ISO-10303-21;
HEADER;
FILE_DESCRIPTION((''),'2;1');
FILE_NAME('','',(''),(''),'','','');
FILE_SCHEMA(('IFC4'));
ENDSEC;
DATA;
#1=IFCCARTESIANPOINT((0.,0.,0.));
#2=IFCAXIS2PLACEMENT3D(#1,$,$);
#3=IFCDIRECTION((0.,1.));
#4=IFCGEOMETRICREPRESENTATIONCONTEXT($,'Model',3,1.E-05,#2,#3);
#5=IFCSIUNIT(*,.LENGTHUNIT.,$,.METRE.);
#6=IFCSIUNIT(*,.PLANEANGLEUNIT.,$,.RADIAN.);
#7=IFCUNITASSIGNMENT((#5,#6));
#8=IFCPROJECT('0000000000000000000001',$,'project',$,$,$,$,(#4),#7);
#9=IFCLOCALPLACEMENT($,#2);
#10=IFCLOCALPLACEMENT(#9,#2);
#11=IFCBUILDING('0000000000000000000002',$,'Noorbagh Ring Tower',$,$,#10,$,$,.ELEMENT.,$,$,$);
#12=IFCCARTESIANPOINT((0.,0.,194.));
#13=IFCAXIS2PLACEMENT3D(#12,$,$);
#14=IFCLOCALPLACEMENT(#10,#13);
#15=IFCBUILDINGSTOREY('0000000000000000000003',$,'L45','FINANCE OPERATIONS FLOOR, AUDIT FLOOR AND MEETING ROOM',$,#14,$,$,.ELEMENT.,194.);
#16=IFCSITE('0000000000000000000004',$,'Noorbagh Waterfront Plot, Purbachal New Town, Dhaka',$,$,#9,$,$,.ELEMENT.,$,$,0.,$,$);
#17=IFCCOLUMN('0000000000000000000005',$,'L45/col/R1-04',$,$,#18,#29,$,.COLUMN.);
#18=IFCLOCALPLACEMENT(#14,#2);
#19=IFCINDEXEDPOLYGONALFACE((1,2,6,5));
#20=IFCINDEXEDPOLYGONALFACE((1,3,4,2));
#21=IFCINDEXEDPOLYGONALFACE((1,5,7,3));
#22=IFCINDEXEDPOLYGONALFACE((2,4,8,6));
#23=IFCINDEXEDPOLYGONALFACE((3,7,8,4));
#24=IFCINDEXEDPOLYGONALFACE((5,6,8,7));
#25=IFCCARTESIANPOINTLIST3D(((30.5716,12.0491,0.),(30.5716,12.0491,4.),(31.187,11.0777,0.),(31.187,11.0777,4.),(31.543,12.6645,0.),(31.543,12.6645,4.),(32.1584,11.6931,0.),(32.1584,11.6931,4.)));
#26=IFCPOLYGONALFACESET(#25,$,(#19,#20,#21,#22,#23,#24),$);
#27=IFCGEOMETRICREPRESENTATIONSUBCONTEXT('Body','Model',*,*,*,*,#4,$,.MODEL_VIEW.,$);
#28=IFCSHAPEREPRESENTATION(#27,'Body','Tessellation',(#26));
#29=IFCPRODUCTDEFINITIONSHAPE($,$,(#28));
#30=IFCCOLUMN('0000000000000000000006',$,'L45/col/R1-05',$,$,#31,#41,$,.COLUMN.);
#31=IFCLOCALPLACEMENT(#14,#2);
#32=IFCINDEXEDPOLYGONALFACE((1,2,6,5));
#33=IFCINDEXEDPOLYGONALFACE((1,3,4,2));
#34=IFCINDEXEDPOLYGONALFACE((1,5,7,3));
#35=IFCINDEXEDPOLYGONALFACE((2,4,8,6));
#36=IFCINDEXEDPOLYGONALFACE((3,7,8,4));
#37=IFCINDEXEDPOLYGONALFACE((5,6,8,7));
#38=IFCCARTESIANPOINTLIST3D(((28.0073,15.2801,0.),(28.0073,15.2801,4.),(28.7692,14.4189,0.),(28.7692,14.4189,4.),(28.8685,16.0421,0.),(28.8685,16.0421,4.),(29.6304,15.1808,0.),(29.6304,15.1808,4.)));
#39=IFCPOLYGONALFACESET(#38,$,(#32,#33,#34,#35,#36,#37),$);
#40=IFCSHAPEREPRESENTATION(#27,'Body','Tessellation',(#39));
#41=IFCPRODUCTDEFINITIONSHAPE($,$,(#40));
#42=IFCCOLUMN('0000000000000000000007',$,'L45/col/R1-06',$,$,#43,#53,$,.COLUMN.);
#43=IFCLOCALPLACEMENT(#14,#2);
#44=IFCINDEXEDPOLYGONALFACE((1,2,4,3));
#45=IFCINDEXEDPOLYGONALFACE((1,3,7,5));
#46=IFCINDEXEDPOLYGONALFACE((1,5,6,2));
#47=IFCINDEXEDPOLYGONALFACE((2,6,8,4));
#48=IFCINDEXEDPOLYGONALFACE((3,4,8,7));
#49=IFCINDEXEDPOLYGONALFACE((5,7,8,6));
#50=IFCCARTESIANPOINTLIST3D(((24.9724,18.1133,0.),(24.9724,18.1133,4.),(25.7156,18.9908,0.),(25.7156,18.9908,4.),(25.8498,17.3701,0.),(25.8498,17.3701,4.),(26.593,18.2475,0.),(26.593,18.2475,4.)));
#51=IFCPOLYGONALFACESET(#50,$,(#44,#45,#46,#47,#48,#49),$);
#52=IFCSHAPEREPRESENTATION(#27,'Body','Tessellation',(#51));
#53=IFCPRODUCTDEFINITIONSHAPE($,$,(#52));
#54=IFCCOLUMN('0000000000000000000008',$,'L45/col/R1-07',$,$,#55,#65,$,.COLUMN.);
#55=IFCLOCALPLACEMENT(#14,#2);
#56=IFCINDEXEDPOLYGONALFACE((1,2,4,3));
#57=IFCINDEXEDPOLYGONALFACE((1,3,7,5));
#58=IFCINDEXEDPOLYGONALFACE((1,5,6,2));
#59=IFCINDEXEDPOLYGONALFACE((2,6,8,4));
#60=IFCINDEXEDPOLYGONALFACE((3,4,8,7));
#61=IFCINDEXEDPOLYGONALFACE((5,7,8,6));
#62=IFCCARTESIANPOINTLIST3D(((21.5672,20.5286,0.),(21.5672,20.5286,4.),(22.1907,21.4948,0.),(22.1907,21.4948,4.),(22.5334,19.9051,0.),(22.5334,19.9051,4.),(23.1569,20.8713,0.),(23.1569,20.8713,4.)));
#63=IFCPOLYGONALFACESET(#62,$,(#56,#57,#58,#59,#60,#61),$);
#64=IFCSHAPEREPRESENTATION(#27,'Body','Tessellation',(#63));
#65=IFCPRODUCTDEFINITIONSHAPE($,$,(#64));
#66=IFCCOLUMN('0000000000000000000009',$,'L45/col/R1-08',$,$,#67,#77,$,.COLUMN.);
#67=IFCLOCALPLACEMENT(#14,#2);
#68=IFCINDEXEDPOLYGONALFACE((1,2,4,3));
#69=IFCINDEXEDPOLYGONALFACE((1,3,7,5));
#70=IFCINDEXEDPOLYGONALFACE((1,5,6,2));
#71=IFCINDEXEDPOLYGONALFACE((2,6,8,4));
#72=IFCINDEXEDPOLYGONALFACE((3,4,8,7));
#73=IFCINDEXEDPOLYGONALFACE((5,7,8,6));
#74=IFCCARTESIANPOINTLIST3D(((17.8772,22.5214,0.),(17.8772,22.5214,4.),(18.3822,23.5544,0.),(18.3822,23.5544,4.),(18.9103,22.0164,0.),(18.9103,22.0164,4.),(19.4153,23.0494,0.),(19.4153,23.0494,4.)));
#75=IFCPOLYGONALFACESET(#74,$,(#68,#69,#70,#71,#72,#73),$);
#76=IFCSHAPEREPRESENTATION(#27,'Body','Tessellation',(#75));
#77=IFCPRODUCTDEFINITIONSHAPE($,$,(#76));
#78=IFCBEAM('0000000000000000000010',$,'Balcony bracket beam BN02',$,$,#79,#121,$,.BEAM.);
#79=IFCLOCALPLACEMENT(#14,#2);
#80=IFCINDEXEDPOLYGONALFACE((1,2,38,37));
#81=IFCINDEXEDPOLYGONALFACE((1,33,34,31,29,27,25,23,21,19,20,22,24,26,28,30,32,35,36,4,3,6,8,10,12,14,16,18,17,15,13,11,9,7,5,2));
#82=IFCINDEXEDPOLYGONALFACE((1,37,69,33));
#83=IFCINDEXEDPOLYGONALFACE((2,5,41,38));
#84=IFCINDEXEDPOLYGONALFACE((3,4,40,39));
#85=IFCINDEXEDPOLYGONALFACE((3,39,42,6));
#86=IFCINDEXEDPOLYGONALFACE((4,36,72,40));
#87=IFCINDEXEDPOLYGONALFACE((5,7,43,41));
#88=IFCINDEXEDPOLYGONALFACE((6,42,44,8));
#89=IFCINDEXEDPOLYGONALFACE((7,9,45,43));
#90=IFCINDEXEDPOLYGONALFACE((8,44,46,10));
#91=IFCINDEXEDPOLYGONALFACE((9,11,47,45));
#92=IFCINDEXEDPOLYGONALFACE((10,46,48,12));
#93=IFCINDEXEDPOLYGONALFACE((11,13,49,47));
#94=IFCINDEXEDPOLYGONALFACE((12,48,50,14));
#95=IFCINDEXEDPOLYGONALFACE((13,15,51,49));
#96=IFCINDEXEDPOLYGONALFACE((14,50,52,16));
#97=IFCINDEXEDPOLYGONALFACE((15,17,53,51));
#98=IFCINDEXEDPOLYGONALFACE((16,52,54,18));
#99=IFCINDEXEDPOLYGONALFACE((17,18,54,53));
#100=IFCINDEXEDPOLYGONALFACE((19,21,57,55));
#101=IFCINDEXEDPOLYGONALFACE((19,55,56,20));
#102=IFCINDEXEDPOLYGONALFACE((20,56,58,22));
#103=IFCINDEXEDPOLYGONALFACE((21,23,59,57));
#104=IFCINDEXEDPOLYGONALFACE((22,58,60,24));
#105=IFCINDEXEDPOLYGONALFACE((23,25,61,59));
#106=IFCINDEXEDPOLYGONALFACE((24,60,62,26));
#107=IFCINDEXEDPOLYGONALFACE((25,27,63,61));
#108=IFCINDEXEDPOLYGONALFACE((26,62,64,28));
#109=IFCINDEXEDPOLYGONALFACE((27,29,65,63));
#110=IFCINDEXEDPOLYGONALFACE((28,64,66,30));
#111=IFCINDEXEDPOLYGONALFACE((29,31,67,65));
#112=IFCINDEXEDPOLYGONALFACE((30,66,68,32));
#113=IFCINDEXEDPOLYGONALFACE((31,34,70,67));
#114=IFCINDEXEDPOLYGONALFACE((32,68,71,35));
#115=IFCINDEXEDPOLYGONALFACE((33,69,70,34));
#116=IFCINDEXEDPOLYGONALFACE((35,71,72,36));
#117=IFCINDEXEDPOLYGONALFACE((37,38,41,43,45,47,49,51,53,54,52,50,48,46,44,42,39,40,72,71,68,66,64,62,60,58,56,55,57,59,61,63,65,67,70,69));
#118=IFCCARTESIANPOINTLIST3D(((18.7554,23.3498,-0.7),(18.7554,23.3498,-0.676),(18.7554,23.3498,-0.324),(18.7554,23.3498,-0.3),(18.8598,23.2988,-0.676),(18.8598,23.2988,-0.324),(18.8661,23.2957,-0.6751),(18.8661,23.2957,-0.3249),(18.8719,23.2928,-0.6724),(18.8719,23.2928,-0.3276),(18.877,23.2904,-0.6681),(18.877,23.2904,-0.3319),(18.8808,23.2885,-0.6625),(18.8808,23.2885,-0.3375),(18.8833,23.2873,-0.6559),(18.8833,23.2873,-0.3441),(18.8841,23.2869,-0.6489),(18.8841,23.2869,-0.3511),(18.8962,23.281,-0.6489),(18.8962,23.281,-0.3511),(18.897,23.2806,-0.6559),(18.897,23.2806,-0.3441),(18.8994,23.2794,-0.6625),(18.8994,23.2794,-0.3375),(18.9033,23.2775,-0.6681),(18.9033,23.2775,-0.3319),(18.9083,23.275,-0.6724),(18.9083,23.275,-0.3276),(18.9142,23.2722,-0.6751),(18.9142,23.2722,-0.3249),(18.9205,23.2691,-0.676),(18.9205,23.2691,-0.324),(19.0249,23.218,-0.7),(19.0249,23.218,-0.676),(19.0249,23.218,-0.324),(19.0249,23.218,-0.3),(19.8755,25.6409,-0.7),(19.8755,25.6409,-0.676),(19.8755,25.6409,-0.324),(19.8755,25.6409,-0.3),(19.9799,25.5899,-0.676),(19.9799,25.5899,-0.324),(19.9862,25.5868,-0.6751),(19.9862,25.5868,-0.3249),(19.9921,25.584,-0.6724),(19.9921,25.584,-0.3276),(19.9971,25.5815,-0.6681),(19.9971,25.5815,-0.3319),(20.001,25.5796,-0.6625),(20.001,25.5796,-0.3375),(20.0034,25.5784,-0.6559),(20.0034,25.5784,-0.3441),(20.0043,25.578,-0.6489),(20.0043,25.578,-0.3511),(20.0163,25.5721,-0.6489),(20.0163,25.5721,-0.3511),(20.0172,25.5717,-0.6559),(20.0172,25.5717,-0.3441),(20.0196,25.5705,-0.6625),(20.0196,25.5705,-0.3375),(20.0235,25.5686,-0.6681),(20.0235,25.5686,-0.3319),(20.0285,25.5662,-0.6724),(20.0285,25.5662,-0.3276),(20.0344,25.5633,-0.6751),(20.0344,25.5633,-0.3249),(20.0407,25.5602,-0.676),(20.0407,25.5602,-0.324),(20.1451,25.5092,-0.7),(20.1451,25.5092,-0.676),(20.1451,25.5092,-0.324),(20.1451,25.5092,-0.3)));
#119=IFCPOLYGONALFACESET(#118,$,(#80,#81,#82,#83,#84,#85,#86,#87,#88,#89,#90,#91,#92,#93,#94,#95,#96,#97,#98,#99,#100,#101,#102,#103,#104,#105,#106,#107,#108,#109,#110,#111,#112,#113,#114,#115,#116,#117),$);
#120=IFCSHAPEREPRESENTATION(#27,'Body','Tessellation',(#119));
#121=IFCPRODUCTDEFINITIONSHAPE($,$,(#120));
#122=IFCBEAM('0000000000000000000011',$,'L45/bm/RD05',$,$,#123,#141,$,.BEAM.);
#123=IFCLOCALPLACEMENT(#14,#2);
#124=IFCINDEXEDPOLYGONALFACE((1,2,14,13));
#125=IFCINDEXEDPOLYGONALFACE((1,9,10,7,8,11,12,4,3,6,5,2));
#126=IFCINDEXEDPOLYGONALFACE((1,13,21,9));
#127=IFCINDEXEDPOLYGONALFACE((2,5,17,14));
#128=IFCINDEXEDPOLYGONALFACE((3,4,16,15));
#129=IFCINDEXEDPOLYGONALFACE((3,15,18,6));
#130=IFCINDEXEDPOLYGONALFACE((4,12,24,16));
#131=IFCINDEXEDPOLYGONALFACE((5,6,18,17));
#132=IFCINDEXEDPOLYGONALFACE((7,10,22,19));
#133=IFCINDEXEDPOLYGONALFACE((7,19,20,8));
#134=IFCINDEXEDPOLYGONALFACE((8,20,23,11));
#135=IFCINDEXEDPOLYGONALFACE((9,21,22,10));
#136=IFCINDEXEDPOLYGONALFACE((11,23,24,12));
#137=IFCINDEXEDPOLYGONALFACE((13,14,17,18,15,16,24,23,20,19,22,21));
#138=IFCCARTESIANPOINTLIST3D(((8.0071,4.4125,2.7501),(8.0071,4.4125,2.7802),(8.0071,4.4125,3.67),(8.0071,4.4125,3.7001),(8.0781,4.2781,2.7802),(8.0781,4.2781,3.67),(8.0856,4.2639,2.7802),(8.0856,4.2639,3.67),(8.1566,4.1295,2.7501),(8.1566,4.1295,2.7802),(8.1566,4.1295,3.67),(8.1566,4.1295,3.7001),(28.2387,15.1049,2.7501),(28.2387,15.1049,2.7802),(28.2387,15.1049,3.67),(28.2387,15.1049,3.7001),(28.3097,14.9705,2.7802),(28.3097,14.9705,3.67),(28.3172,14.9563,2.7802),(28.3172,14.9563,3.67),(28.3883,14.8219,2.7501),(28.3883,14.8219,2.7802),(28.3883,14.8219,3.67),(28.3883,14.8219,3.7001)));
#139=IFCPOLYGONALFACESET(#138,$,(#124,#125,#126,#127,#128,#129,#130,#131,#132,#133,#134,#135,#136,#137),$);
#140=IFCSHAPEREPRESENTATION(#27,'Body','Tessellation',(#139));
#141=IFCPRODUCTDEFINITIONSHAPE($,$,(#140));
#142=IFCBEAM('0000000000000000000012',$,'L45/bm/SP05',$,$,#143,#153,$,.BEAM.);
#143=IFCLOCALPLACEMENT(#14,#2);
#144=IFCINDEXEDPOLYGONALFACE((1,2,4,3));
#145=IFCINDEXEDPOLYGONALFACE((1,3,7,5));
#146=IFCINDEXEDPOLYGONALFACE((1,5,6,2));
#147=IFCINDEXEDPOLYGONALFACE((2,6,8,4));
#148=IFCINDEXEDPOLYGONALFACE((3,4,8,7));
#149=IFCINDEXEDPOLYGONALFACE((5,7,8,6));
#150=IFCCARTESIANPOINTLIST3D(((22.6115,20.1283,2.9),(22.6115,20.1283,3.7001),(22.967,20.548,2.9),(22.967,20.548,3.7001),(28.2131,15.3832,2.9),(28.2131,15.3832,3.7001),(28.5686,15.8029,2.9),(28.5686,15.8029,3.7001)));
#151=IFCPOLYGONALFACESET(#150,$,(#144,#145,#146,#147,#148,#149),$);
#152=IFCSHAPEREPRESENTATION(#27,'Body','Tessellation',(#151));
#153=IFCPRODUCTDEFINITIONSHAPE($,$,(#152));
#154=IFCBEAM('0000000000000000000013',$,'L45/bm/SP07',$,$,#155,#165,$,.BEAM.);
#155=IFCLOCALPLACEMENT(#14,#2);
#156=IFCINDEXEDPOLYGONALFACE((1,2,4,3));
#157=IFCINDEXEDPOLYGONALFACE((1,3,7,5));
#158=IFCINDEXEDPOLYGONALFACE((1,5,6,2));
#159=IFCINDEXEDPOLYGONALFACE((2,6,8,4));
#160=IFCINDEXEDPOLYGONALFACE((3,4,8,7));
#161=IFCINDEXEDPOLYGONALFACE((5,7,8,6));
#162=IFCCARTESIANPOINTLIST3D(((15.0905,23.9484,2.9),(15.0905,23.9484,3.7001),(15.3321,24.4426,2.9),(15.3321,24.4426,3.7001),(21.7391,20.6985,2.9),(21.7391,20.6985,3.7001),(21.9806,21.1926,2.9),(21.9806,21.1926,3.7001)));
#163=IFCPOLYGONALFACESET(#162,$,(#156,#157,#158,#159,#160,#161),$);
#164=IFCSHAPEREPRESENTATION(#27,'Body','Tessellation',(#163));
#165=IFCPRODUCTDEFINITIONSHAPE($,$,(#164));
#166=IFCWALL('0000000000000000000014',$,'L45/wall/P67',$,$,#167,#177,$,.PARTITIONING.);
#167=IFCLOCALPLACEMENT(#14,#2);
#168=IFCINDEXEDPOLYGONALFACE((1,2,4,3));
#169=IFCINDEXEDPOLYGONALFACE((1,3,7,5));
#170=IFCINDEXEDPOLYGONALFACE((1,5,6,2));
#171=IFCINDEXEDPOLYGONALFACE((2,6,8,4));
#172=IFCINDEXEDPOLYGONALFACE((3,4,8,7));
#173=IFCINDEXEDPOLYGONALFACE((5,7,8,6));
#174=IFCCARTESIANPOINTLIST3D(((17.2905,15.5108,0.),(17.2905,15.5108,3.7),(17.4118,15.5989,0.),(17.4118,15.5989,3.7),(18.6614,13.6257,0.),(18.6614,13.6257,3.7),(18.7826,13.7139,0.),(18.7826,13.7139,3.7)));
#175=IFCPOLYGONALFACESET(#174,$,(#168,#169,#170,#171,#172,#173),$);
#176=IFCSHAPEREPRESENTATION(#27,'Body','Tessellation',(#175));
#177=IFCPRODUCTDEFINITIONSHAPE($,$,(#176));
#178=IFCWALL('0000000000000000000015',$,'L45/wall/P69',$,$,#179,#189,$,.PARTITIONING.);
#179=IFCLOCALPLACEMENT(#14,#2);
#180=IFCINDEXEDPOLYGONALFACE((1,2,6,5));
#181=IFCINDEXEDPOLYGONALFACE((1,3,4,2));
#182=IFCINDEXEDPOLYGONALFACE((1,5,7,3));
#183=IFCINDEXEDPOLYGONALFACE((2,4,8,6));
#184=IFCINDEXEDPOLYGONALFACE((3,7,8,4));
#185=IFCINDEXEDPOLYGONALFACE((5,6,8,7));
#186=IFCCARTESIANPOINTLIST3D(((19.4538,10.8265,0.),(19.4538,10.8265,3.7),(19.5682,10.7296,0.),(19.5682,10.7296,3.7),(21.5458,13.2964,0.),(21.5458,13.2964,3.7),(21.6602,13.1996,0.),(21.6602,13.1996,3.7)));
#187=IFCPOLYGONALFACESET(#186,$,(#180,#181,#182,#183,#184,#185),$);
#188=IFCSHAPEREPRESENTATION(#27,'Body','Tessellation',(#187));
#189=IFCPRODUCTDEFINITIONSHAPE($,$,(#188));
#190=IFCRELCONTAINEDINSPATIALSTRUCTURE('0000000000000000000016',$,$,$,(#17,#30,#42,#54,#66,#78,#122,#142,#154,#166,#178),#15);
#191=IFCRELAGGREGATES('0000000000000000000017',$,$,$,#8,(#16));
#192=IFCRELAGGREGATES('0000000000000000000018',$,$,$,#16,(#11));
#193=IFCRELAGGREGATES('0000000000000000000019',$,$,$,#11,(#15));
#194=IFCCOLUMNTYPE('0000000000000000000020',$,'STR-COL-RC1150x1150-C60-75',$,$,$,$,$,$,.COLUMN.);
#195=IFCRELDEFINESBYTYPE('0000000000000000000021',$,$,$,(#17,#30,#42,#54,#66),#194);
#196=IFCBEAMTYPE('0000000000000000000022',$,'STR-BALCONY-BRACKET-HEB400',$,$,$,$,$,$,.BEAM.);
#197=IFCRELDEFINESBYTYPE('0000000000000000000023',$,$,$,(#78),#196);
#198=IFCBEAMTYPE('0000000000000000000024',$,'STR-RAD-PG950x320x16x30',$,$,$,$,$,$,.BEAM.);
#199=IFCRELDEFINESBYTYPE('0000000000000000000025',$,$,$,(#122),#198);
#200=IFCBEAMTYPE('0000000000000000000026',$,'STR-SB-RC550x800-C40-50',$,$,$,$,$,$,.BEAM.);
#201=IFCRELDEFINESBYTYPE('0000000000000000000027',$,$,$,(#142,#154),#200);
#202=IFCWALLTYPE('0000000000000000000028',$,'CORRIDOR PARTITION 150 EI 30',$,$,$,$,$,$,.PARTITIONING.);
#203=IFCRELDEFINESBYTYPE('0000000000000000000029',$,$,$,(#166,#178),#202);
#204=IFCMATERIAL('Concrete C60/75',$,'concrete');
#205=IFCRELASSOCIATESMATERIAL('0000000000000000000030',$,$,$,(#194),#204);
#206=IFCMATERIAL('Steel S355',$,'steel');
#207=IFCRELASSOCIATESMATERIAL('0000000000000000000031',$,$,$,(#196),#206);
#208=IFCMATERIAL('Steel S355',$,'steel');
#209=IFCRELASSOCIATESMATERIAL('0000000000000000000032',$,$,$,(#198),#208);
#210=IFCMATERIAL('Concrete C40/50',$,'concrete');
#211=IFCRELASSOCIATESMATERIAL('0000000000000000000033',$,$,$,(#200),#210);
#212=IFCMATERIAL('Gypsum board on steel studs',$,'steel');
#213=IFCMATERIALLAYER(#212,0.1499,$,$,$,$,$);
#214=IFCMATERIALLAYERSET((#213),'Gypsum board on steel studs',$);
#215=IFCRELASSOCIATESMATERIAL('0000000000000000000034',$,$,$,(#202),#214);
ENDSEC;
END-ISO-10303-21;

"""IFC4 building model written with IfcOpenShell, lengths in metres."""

from ifc_helpers import new_model, si_unit, direction, frame, frame_2d, origin, origin_2d, place, context, subcontext, project, spatial, rectangle, i_section, extrude, material, layer, layer_set, material_profile, profile_set, type_object, element, save


model = new_model("IFC4")

# Units and contexts
model_context = context("Model", 3, precision=1e-05, world=origin(), true_north=direction((0.0, 1.0)))
body_context = subcontext(model_context, "Body", "Model", "MODEL_VIEW")
ifc_project = project(units=[si_unit("LENGTHUNIT", "METRE"), si_unit("PLANEANGLEUNIT", "RADIAN")], contexts=[model_context])

# Site, building, storey
site_placement = place(None, origin())
site = spatial("IfcSite", under=ifc_project, at=site_placement, Name="Noorbagh Waterfront Plot, Purbachal New Town, Dhaka", CompositionType="ELEMENT", RefElevation=0.0)
building_placement = place(site_placement, origin())
building = spatial("IfcBuilding", under=site, at=building_placement, Name="Noorbagh Ring Tower", CompositionType="ELEMENT")
storey_placement = place(building_placement, frame((0.0, 0.0, 194.0)))
storey = spatial("IfcBuildingStorey", under=building, at=storey_placement, Name="L45", Description="FINANCE OPERATIONS FLOOR, AUDIT FLOOR AND MEETING ROOM", CompositionType="ELEMENT", Elevation=194.0)

# Columns
ifc_material_1 = material(Name="Concrete C60/75", Category="concrete")
ifc_material_profile_1 = material_profile(ifc_material_1, rectangle(XDim=1.1499, YDim=1.1499, at=origin_2d()), Name="RC1150x1150")
ifc_profile_set_1 = profile_set([ifc_material_profile_1], Name="Concrete C60/75")
column_type = type_object("IfcColumnType", Name="STR-COL-RC1150x1150-C60-75", PredefinedType="COLUMN", material=ifc_profile_set_1)
for number, where, z_axis, x_axis, name in (
    (1, (31.365, 11.8711, 0.0), (0.0, 0.0, 1.0), (-0.53519, 0.844731, 0.0), "L45/col/R1-04"),
    (2, (28.8188, 15.2305, 0.0), (0.0, 0.0, 1.0), (-0.662636, 0.748942, 0.0), "L45/col/R1-05"),
    (3, (25.7827, 18.1804, 0.0), (0.0, 0.0, 1.0), (-0.763035, 0.646357, 0.0), "L45/col/R1-06"),
    (4, (22.3621, 20.7, 0.0), (0.0, 0.0, 1.0), (-0.840248, 0.542203, 0.0), "L45/col/R1-07"),
    (5, (18.6462, 22.7854, 0.0), (0.0, 0.0, 1.0), (-0.898399, 0.43918, 0.0), "L45/col/R1-08"),
):
    element("IfcColumn", number, at=place(storey_placement, frame(where, z_axis=z_axis, x_axis=x_axis)), inside=storey, type_object=column_type, Name=name, PredefinedType="COLUMN", context=body_context, shape_type="SweptSolid", body=[
        extrude(rectangle(XDim=1.1499, YDim=1.1499, at=origin_2d()), origin(), (0.0, 0.0, 1.0), 4.0),
    ])

# Beams
ifc_material_2 = material(Name="Steel S355", Category="steel")
ifc_material_profile_2 = material_profile(ifc_material_2, i_section(OverallWidth=0.3, OverallDepth=0.3999, WebThickness=0.0134, FlangeThickness=0.0239, FilletRadius=0.0271, at=origin_2d()), Name="HEB400")
ifc_profile_set_2 = profile_set([ifc_material_profile_2], Name="Steel S355")
beam_type_1 = type_object("IfcBeamType", Name="STR-BALCONY-BRACKET-HEB400", PredefinedType="BEAM", material=ifc_profile_set_2)
beam_1_placement = place(storey_placement, frame((18.8901, 23.2839, -0.5), z_axis=(0.439231, 0.898374, 0.0), x_axis=(-0.898374, 0.439231, 0.0)))
element("IfcBeam", 6, at=beam_1_placement, inside=storey, type_object=beam_type_1, Name="Balcony bracket beam BN02", PredefinedType="BEAM", context=body_context, shape_type="SweptSolid", body=[
    extrude(i_section(OverallWidth=0.3, OverallDepth=0.3999, WebThickness=0.0134, FlangeThickness=0.0239, FilletRadius=0.0271, at=origin_2d()), origin(), (0.0, 0.0, 1.0), 2.5503),
])
ifc_material_3 = material(Name="Steel S355", Category="steel")
ifc_material_profile_3 = material_profile(ifc_material_3, i_section(OverallWidth=0.3201, OverallDepth=0.95, WebThickness=0.0161, FlangeThickness=0.03, at=origin_2d()), Name="PG950x320x16x30")
ifc_profile_set_3 = profile_set([ifc_material_profile_3], Name="Steel S355")
beam_type_2 = type_object("IfcBeamType", Name="STR-RAD-PG950x320x16x30", PredefinedType="BEAM", material=ifc_profile_set_3)
beam_2_placement = place(storey_placement, frame((28.3135, 14.9634, 3.2251), z_axis=(-0.884122, -0.467256, 0.0), x_axis=(0.467256, -0.884122, 0.0)))
element("IfcBeam", 7, at=beam_2_placement, inside=storey, type_object=beam_type_2, Name="L45/bm/RD05", PredefinedType="BEAM", context=body_context, shape_type="SweptSolid", body=[
    extrude(i_section(OverallWidth=0.3201, OverallDepth=0.95, WebThickness=0.0161, FlangeThickness=0.03, at=origin_2d()), origin(), (0.0, 0.0, 1.0), 22.8833),
])
ifc_material_4 = material(Name="Concrete C40/50", Category="concrete")
ifc_material_profile_4 = material_profile(ifc_material_4, rectangle(XDim=0.55, YDim=0.8, at=origin_2d()), Name="RC550x800")
ifc_profile_set_4 = profile_set([ifc_material_profile_4], Name="Concrete C40/50")
beam_type_3 = type_object("IfcBeamType", Name="STR-SB-RC550x800-C40-50", PredefinedType="BEAM", material=ifc_profile_set_4)
beam_3_placement = place(storey_placement, frame((28.3909, 15.593, 3.3), z_axis=(-0.763028, 0.646366, 0.0), x_axis=(-0.646366, -0.763028, 0.0)))
element("IfcBeam", 8, at=beam_3_placement, inside=storey, type_object=beam_type_3, Name="L45/bm/SP05", PredefinedType="BEAM", context=body_context, shape_type="SweptSolid", body=[
    extrude(rectangle(XDim=0.55, YDim=0.8, at=origin_2d()), origin(), (0.0, 0.0, 1.0), 7.3413),
])
beam_4_placement = place(storey_placement, frame((21.8599, 20.9456, 3.3), z_axis=(-0.898409, 0.439159, 0.0), x_axis=(-0.439159, -0.898409, 0.0)))
element("IfcBeam", 9, at=beam_4_placement, inside=storey, type_object=beam_type_3, Name="L45/bm/SP07", PredefinedType="BEAM", context=body_context, shape_type="SweptSolid", body=[
    extrude(rectangle(XDim=0.55, YDim=0.8, at=origin_2d()), origin(), (0.0, 0.0, 1.0), 7.4004),
])

# Walls
ifc_material_5 = material(Name="Gypsum board on steel studs", Category="steel")
ifc_layer_1 = layer(ifc_material_5, 0.1499)
ifc_layer_set_1 = layer_set([ifc_layer_1], Name="Gypsum board on steel studs")
wall_type_1 = type_object("IfcWallType", Name="CORRIDOR PARTITION 150 EI 30", PredefinedType="PARTITIONING", material=ifc_layer_set_1)
wall_1_placement = place(storey_placement, frame((17.3511, 15.5549, 0.0), z_axis=(0.0, 0.0, 1.0), x_axis=(0.588153, -0.80875, 0.0)))
element("IfcWall", 10, at=wall_1_placement, inside=storey, type_object=wall_type_1, Name="L45/wall/P67", PredefinedType="PARTITIONING", context=body_context, shape_type="SweptSolid", body=[
    extrude(rectangle(XDim=2.3308, YDim=0.1499, at=frame_2d((1.1655, 0.0))), origin(), (0.0, 0.0, 1.0), 3.7),
])
wall_2_placement = place(storey_placement, frame((19.511, 10.7781, 0.0), z_axis=(0.0, 0.0, 1.0), x_axis=(0.646314, 0.763071, 0.0)))
element("IfcWall", 11, at=wall_2_placement, inside=storey, type_object=wall_type_1, Name="L45/wall/P69", PredefinedType="PARTITIONING", context=body_context, shape_type="SweptSolid", body=[
    extrude(rectangle(XDim=3.2368, YDim=0.1499, at=frame_2d((1.6184, 0.0))), origin(), (0.0, 0.0, 1.0), 3.7),
])

save(model, "model.ifc")
